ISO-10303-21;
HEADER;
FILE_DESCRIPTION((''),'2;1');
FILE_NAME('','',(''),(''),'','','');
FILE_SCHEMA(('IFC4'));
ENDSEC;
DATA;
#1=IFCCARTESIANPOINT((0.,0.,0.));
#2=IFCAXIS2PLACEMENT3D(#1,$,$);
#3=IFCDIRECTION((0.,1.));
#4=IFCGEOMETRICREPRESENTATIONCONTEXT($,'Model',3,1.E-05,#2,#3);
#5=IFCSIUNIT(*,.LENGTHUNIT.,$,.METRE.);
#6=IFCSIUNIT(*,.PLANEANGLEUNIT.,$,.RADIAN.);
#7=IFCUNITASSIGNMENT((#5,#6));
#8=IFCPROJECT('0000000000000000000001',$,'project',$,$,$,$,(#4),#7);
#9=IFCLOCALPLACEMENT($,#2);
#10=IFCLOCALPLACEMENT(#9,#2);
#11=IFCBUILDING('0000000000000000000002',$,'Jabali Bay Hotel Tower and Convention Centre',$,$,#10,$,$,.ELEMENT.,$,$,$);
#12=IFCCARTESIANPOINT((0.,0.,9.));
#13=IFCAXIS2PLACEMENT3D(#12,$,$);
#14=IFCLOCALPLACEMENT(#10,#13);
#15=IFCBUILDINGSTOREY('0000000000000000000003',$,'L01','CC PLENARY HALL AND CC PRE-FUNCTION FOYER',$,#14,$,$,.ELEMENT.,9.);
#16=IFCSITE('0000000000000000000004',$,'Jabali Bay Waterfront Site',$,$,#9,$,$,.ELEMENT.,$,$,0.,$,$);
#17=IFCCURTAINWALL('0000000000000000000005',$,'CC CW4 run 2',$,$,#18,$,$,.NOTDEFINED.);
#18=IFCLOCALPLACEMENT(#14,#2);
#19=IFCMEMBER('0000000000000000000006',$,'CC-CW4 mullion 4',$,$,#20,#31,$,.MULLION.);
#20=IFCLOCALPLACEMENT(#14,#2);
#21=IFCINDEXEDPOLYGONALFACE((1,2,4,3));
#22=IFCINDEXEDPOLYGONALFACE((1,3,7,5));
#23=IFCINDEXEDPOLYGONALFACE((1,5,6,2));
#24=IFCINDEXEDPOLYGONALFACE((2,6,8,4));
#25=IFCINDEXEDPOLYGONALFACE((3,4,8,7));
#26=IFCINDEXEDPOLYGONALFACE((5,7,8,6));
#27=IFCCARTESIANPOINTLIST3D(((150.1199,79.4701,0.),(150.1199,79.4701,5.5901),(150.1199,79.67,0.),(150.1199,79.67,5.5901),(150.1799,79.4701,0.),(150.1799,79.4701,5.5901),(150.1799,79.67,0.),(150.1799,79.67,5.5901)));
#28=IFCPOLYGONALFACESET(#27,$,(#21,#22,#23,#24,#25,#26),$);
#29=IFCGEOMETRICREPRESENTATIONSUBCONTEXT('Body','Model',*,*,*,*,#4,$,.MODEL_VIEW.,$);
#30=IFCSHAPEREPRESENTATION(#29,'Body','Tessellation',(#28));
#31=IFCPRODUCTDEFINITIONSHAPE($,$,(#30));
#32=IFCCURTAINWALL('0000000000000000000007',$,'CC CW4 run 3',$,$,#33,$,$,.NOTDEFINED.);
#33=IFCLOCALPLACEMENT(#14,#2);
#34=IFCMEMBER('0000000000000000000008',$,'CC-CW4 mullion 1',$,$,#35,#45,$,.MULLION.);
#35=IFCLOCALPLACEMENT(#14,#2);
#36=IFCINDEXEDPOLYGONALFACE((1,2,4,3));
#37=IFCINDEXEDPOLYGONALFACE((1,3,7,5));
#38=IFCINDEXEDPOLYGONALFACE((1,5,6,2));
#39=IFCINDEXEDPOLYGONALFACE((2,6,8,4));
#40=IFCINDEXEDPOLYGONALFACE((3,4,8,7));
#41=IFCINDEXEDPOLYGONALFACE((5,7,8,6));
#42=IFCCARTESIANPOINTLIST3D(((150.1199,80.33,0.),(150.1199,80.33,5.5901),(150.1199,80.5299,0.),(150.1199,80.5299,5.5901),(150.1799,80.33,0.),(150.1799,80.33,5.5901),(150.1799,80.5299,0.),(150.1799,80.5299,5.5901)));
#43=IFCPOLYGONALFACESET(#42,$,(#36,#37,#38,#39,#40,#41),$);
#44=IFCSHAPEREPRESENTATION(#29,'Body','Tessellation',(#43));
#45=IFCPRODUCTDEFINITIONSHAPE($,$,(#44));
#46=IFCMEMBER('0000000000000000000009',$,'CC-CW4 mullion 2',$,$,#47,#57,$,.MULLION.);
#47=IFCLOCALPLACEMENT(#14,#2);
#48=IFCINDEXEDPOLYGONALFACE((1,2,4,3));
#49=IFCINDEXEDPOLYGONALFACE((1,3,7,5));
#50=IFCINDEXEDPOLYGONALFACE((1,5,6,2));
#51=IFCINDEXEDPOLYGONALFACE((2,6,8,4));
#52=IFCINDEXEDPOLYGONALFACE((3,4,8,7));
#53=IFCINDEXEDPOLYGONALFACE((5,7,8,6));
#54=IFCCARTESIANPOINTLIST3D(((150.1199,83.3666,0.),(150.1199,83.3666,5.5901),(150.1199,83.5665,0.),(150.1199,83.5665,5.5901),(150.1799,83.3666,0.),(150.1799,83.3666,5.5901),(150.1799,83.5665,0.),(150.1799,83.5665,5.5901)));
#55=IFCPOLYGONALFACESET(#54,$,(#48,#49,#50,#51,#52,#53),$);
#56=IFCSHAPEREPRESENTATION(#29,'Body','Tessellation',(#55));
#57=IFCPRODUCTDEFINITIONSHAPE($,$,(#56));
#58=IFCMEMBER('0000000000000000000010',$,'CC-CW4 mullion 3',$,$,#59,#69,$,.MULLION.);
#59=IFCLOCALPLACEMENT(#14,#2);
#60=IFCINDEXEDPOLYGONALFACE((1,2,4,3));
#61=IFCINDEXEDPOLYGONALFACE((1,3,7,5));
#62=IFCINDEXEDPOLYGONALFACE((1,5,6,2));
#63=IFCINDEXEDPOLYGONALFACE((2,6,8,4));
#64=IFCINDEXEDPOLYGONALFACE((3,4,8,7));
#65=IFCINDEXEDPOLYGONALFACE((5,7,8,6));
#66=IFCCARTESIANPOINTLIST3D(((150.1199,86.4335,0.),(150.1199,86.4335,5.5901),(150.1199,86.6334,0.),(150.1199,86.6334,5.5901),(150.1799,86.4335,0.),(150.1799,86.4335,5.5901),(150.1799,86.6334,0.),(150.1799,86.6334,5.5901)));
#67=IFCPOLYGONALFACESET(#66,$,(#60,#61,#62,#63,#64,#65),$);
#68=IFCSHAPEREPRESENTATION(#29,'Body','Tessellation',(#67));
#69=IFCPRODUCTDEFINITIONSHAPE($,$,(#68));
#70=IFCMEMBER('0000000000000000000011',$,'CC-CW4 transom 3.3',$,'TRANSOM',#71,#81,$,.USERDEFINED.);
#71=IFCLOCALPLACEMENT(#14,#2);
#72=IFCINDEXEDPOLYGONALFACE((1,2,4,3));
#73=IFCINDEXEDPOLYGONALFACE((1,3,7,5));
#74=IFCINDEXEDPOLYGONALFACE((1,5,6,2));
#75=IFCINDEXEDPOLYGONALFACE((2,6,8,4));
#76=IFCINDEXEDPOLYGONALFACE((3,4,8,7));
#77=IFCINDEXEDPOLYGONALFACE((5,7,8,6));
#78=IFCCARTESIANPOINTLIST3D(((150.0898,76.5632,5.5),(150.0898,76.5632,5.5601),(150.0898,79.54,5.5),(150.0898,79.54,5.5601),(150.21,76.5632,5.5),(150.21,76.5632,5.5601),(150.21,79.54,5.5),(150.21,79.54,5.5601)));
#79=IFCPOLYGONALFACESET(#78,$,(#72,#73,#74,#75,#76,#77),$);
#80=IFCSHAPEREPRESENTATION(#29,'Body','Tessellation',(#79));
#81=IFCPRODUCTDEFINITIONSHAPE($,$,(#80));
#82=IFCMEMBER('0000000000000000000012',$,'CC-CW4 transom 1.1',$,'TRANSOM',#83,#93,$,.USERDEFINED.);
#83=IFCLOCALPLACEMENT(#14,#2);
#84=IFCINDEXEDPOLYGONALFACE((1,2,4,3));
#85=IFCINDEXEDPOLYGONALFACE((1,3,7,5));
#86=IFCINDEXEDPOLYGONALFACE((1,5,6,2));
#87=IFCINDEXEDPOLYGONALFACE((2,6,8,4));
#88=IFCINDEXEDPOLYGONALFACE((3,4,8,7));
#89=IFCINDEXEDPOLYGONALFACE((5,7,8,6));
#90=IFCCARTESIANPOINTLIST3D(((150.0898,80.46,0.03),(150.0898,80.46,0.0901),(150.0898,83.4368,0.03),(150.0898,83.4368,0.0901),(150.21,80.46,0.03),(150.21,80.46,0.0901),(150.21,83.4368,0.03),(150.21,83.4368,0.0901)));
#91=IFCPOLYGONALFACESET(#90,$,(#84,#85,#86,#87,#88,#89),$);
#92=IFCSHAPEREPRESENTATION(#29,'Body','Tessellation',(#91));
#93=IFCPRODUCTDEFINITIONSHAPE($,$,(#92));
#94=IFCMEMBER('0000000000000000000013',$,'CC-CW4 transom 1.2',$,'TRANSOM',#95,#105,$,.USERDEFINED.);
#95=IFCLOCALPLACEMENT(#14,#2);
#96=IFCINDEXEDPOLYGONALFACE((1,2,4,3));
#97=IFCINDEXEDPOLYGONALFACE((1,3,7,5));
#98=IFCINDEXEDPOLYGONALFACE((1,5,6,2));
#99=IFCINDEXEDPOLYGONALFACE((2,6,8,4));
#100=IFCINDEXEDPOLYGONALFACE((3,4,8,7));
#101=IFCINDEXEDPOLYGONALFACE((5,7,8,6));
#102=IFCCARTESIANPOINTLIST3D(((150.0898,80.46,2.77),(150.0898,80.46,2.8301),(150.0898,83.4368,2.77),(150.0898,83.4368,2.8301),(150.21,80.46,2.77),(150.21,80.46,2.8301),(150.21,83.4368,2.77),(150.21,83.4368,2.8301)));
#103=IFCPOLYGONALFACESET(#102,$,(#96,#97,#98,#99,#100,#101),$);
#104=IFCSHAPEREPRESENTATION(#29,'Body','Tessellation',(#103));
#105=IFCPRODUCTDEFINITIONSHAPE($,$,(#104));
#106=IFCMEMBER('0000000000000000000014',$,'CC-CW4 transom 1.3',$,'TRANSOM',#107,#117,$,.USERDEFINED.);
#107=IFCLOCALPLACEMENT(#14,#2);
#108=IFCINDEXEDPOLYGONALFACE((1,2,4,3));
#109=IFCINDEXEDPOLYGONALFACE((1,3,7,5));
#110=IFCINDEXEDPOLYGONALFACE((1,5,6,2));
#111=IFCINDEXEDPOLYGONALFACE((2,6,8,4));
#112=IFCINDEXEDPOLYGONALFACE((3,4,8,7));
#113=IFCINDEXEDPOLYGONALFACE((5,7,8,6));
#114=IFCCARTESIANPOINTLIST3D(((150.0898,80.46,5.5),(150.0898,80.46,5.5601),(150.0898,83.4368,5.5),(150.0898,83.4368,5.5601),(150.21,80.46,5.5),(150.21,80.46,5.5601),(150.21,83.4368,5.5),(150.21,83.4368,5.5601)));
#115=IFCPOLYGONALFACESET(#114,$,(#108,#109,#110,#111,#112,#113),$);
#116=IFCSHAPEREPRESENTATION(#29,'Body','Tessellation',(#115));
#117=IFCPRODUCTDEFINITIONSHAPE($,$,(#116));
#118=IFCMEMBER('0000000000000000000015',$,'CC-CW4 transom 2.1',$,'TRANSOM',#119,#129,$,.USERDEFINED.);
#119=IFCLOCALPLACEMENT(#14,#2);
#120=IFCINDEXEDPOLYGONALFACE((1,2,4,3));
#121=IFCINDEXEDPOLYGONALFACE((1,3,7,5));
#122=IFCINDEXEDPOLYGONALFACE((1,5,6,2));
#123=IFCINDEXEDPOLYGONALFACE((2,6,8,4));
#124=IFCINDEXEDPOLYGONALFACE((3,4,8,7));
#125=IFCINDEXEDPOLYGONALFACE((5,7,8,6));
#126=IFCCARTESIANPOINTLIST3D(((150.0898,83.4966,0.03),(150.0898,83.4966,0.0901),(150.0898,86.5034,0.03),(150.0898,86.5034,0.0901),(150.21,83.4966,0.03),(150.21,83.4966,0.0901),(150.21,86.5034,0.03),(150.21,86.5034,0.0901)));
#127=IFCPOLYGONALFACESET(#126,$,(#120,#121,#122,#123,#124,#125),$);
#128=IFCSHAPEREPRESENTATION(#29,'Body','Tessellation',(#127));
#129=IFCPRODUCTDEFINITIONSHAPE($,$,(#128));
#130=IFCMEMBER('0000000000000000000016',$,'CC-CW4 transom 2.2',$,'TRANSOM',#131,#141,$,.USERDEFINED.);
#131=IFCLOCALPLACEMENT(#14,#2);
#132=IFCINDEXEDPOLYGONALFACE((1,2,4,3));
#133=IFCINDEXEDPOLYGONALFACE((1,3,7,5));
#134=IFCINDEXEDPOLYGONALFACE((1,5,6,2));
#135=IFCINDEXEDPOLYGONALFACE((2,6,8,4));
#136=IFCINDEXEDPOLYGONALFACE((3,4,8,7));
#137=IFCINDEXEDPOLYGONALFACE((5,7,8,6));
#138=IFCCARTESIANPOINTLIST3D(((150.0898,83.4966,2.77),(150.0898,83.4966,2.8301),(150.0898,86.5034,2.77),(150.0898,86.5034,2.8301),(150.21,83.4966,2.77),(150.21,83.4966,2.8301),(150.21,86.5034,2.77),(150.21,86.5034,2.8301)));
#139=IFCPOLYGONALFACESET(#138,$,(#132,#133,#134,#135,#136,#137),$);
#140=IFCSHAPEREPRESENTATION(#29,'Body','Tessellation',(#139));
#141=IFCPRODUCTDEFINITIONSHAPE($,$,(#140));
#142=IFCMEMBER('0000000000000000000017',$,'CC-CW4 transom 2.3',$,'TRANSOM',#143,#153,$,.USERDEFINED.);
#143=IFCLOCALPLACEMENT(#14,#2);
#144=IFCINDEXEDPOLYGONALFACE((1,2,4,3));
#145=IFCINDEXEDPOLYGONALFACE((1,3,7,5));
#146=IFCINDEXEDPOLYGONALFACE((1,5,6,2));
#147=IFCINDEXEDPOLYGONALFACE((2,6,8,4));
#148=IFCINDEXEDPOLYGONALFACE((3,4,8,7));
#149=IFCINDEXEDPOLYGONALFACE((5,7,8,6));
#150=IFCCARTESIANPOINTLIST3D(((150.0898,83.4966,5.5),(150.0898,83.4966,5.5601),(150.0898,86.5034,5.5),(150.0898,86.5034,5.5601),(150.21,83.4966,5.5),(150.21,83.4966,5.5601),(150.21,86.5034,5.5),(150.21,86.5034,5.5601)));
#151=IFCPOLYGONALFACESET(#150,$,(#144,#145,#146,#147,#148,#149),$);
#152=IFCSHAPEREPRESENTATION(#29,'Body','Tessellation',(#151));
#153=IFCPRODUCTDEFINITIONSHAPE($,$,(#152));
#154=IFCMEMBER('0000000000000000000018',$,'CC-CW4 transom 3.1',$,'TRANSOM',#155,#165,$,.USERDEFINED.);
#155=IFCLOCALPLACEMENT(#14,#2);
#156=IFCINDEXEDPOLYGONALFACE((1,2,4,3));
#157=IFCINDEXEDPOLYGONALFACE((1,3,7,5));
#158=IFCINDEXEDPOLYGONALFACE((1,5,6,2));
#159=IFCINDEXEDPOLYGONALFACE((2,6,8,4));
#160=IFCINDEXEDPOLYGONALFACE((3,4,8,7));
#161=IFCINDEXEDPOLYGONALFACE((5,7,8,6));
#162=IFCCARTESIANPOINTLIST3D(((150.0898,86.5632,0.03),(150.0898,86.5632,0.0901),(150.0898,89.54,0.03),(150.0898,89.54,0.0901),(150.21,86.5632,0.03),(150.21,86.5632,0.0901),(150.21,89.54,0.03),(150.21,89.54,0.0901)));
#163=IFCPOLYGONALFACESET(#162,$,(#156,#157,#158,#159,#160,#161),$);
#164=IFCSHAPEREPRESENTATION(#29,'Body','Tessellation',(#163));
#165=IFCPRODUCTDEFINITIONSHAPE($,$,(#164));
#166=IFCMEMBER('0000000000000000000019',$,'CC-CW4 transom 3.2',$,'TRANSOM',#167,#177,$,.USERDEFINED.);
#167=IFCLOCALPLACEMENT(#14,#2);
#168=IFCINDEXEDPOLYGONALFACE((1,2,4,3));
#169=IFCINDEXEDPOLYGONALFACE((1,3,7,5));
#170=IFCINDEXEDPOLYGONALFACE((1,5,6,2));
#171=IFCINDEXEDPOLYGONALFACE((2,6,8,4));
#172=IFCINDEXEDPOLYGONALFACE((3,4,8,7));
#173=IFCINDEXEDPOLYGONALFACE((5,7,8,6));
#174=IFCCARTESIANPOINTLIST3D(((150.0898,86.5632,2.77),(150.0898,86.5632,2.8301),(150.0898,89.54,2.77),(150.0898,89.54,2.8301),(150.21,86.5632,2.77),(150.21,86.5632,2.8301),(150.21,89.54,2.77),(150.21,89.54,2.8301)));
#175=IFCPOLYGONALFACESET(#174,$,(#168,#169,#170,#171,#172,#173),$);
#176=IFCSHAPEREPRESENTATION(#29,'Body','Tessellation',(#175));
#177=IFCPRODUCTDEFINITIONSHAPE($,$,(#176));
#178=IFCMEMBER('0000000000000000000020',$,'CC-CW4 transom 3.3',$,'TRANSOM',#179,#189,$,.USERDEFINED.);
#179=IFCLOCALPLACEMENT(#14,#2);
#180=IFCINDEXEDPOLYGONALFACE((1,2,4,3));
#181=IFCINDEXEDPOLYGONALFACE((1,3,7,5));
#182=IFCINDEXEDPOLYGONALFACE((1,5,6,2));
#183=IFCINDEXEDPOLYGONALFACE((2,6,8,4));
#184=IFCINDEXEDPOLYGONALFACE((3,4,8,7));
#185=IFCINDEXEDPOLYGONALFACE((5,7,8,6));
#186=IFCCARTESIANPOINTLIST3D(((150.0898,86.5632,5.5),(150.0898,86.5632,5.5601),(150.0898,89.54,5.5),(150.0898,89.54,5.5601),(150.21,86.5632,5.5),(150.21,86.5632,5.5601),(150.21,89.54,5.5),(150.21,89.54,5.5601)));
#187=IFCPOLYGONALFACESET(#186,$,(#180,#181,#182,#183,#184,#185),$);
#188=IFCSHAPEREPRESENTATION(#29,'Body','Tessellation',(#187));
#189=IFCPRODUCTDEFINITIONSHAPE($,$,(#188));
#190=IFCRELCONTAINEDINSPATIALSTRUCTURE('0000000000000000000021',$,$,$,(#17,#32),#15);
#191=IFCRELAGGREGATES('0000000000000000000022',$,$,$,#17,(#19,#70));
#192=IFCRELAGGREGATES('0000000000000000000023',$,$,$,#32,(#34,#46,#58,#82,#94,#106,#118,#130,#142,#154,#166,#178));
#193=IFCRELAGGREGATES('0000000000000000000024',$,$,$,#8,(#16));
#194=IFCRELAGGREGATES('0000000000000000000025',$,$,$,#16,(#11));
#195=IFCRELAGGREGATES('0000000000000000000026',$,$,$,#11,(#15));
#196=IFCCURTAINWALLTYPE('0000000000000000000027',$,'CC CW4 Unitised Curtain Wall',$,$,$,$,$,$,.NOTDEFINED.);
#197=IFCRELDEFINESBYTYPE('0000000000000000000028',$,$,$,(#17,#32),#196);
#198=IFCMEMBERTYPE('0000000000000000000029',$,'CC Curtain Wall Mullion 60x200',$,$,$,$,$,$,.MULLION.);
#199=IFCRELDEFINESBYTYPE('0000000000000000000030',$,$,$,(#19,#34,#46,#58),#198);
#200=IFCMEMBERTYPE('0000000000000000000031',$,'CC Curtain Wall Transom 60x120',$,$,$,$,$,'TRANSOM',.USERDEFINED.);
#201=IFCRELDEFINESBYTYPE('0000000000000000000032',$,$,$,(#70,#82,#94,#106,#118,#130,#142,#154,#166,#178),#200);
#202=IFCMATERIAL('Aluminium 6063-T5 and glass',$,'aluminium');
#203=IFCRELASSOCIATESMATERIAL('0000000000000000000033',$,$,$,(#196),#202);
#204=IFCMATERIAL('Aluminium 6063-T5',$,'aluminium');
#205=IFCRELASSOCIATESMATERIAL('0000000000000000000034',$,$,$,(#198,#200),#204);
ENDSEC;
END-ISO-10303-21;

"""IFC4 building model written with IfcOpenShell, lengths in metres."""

from ifc_helpers import new_model, si_unit, direction, frame, origin, origin_2d, place, context, subcontext, project, spatial, rectangle, extrude, material, material_profile, profile_set, type_object, element, aggregate, save


model = new_model("IFC4")

# Units and contexts
model_context = context("Model", 3, precision=1e-05, world=origin(), true_north=direction((0.0, 1.0)))
body_context = subcontext(model_context, "Body", "Model", "MODEL_VIEW")
ifc_project = project(units=[si_unit("LENGTHUNIT", "METRE"), si_unit("PLANEANGLEUNIT", "RADIAN")], contexts=[model_context])

# Site, building, storey
site_placement = place(None, origin())
site = spatial("IfcSite", under=ifc_project, at=site_placement, Name="Jabali Bay Waterfront Site", CompositionType="ELEMENT", RefElevation=0.0)
building_placement = place(site_placement, origin())
building = spatial("IfcBuilding", under=site, at=building_placement, Name="Jabali Bay Hotel Tower and Convention Centre", CompositionType="ELEMENT")
storey_placement = place(building_placement, frame((0.0, 0.0, 9.0)))
storey = spatial("IfcBuildingStorey", under=building, at=storey_placement, Name="L01", Description="CC PLENARY HALL AND CC PRE-FUNCTION FOYER", CompositionType="ELEMENT", Elevation=9.0)

# Curtain wall, member
ifc_material_1 = material(Name="Aluminium 6063-T5 and glass", Category="aluminium")
curtain_wall_type = type_object("IfcCurtainWallType", Name="CC CW4 Unitised Curtain Wall", PredefinedType="NOTDEFINED", material=ifc_material_1)
curtain_wall_1_placement = place(storey_placement, origin())
curtain_wall_1 = element("IfcCurtainWall", 1, at=curtain_wall_1_placement, inside=storey, type_object=curtain_wall_type, Name="CC CW4 run 2", PredefinedType="NOTDEFINED")
ifc_material_2 = material(Name="Aluminium 6063-T5", Category="aluminium")
ifc_material_profile_1 = material_profile(ifc_material_2, rectangle(XDim=0.0601, YDim=0.2, at=origin_2d()), Name="AL 60x200")
ifc_profile_set_1 = profile_set([ifc_material_profile_1], Name="Aluminium 6063-T5")
member_type_1 = type_object("IfcMemberType", Name="CC Curtain Wall Mullion 60x200", PredefinedType="MULLION", material=ifc_profile_set_1)
member_1_placement = place(storey_placement, frame((150.1499, 79.5701, 0.0), z_axis=(0.0, 0.0, 1.0), x_axis=(-1.0, 0.0, 0.0)))
member_1 = element("IfcMember", 2, at=member_1_placement, type_object=member_type_1, Name="CC-CW4 mullion 4", PredefinedType="MULLION", context=body_context, shape_type="SweptSolid", body=[
    extrude(rectangle(XDim=0.0601, YDim=0.2, at=origin_2d()), origin(), (0.0, 0.0, 1.0), 5.5901),
])

# Curtain wall, members
curtain_wall_2_placement = place(storey_placement, origin())
curtain_wall_2 = element("IfcCurtainWall", 3, at=curtain_wall_2_placement, inside=storey, type_object=curtain_wall_type, Name="CC CW4 run 3", PredefinedType="NOTDEFINED")
member_2_placement = place(storey_placement, frame((150.1499, 80.4299, 0.0), z_axis=(0.0, 0.0, 1.0), x_axis=(-1.0, 0.0, 0.0)))
member_2 = element("IfcMember", 4, at=member_2_placement, type_object=member_type_1, Name="CC-CW4 mullion 1", PredefinedType="MULLION", context=body_context, shape_type="SweptSolid", body=[
    extrude(rectangle(XDim=0.0601, YDim=0.2, at=origin_2d()), origin(), (0.0, 0.0, 1.0), 5.5901),
])
member_3_placement = place(storey_placement, frame((150.1499, 83.4666, 0.0), z_axis=(0.0, 0.0, 1.0), x_axis=(-1.0, 0.0, 0.0)))
member_3 = element("IfcMember", 5, at=member_3_placement, type_object=member_type_1, Name="CC-CW4 mullion 2", PredefinedType="MULLION", context=body_context, shape_type="SweptSolid", body=[
    extrude(rectangle(XDim=0.0601, YDim=0.2, at=origin_2d()), origin(), (0.0, 0.0, 1.0), 5.5901),
])
member_4_placement = place(storey_placement, frame((150.1499, 86.5334, 0.0), z_axis=(0.0, 0.0, 1.0), x_axis=(-1.0, 0.0, 0.0)))
member_4 = element("IfcMember", 6, at=member_4_placement, type_object=member_type_1, Name="CC-CW4 mullion 3", PredefinedType="MULLION", context=body_context, shape_type="SweptSolid", body=[
    extrude(rectangle(XDim=0.0601, YDim=0.2, at=origin_2d()), origin(), (0.0, 0.0, 1.0), 5.5901),
])

# Members
ifc_material_profile_2 = material_profile(ifc_material_2, rectangle(XDim=0.1201, YDim=0.0601, at=origin_2d()), Name="AL 120x60")
ifc_profile_set_2 = profile_set([ifc_material_profile_2], Name="Aluminium 6063-T5")
member_type_2 = type_object("IfcMemberType", Name="CC Curtain Wall Transom 60x120", ElementType="TRANSOM", PredefinedType="USERDEFINED", material=ifc_profile_set_2)
member_5_placement = place(storey_placement, frame((150.1499, 76.5632, 5.53), z_axis=(0.0, 1.0, 0.0), x_axis=(-1.0, 0.0, 0.0)))
member_5 = element("IfcMember", 7, at=member_5_placement, type_object=member_type_2, Name="CC-CW4 transom 3.3", ObjectType="TRANSOM", PredefinedType="USERDEFINED", context=body_context, shape_type="SweptSolid", body=[
    extrude(rectangle(XDim=0.1201, YDim=0.0601, at=origin_2d()), origin(), (0.0, 0.0, 1.0), 2.9768),
])
member_6_placement = place(storey_placement, frame((150.1499, 80.46, 0.0601), z_axis=(0.0, 1.0, 0.0), x_axis=(-1.0, 0.0, 0.0)))
member_6 = element("IfcMember", 8, at=member_6_placement, type_object=member_type_2, Name="CC-CW4 transom 1.1", ObjectType="TRANSOM", PredefinedType="USERDEFINED", context=body_context, shape_type="SweptSolid", body=[
    extrude(rectangle(XDim=0.1201, YDim=0.0601, at=origin_2d()), origin(), (0.0, 0.0, 1.0), 2.9768),
])
member_7_placement = place(storey_placement, frame((150.1499, 80.46, 2.8), z_axis=(0.0, 1.0, 0.0), x_axis=(-1.0, 0.0, 0.0)))
member_7 = element("IfcMember", 9, at=member_7_placement, type_object=member_type_2, Name="CC-CW4 transom 1.2", ObjectType="TRANSOM", PredefinedType="USERDEFINED", context=body_context, shape_type="SweptSolid", body=[
    extrude(rectangle(XDim=0.1201, YDim=0.0601, at=origin_2d()), origin(), (0.0, 0.0, 1.0), 2.9768),
])
member_8_placement = place(storey_placement, frame((150.1499, 80.46, 5.53), z_axis=(0.0, 1.0, 0.0), x_axis=(-1.0, 0.0, 0.0)))
member_8 = element("IfcMember", 10, at=member_8_placement, type_object=member_type_2, Name="CC-CW4 transom 1.3", ObjectType="TRANSOM", PredefinedType="USERDEFINED", context=body_context, shape_type="SweptSolid", body=[
    extrude(rectangle(XDim=0.1201, YDim=0.0601, at=origin_2d()), origin(), (0.0, 0.0, 1.0), 2.9768),
])
member_9_placement = place(storey_placement, frame((150.1499, 83.4966, 0.0601), z_axis=(0.0, 1.0, 0.0), x_axis=(-1.0, 0.0, 0.0)))
member_9 = element("IfcMember", 11, at=member_9_placement, type_object=member_type_2, Name="CC-CW4 transom 2.1", ObjectType="TRANSOM", PredefinedType="USERDEFINED", context=body_context, shape_type="SweptSolid", body=[
    extrude(rectangle(XDim=0.1201, YDim=0.0601, at=origin_2d()), origin(), (0.0, 0.0, 1.0), 3.0068),
])
member_10_placement = place(storey_placement, frame((150.1499, 83.4966, 2.8), z_axis=(0.0, 1.0, 0.0), x_axis=(-1.0, 0.0, 0.0)))
member_10 = element("IfcMember", 12, at=member_10_placement, type_object=member_type_2, Name="CC-CW4 transom 2.2", ObjectType="TRANSOM", PredefinedType="USERDEFINED", context=body_context, shape_type="SweptSolid", body=[
    extrude(rectangle(XDim=0.1201, YDim=0.0601, at=origin_2d()), origin(), (0.0, 0.0, 1.0), 3.0068),
])
member_11_placement = place(storey_placement, frame((150.1499, 83.4966, 5.53), z_axis=(0.0, 1.0, 0.0), x_axis=(-1.0, 0.0, 0.0)))
member_11 = element("IfcMember", 13, at=member_11_placement, type_object=member_type_2, Name="CC-CW4 transom 2.3", ObjectType="TRANSOM", PredefinedType="USERDEFINED", context=body_context, shape_type="SweptSolid", body=[
    extrude(rectangle(XDim=0.1201, YDim=0.0601, at=origin_2d()), origin(), (0.0, 0.0, 1.0), 3.0068),
])
member_12_placement = place(storey_placement, frame((150.1499, 86.5632, 0.0601), z_axis=(0.0, 1.0, 0.0), x_axis=(-1.0, 0.0, 0.0)))
member_12 = element("IfcMember", 14, at=member_12_placement, type_object=member_type_2, Name="CC-CW4 transom 3.1", ObjectType="TRANSOM", PredefinedType="USERDEFINED", context=body_context, shape_type="SweptSolid", body=[
    extrude(rectangle(XDim=0.1201, YDim=0.0601, at=origin_2d()), origin(), (0.0, 0.0, 1.0), 2.9768),
])
member_13_placement = place(storey_placement, frame((150.1499, 86.5632, 2.8), z_axis=(0.0, 1.0, 0.0), x_axis=(-1.0, 0.0, 0.0)))
member_13 = element("IfcMember", 15, at=member_13_placement, type_object=member_type_2, Name="CC-CW4 transom 3.2", ObjectType="TRANSOM", PredefinedType="USERDEFINED", context=body_context, shape_type="SweptSolid", body=[
    extrude(rectangle(XDim=0.1201, YDim=0.0601, at=origin_2d()), origin(), (0.0, 0.0, 1.0), 2.9768),
])
member_14_placement = place(storey_placement, frame((150.1499, 86.5632, 5.53), z_axis=(0.0, 1.0, 0.0), x_axis=(-1.0, 0.0, 0.0)))
member_14 = element("IfcMember", 16, at=member_14_placement, type_object=member_type_2, Name="CC-CW4 transom 3.3", ObjectType="TRANSOM", PredefinedType="USERDEFINED", context=body_context, shape_type="SweptSolid", body=[
    extrude(rectangle(XDim=0.1201, YDim=0.0601, at=origin_2d()), origin(), (0.0, 0.0, 1.0), 2.9768),
])

aggregate(curtain_wall_1, [member_1, member_5])
aggregate(curtain_wall_2, [member_2, member_3, member_4, member_6, member_7, member_8, member_9, member_10, member_11, member_12, member_13, member_14])

save(model, "model.ifc")
